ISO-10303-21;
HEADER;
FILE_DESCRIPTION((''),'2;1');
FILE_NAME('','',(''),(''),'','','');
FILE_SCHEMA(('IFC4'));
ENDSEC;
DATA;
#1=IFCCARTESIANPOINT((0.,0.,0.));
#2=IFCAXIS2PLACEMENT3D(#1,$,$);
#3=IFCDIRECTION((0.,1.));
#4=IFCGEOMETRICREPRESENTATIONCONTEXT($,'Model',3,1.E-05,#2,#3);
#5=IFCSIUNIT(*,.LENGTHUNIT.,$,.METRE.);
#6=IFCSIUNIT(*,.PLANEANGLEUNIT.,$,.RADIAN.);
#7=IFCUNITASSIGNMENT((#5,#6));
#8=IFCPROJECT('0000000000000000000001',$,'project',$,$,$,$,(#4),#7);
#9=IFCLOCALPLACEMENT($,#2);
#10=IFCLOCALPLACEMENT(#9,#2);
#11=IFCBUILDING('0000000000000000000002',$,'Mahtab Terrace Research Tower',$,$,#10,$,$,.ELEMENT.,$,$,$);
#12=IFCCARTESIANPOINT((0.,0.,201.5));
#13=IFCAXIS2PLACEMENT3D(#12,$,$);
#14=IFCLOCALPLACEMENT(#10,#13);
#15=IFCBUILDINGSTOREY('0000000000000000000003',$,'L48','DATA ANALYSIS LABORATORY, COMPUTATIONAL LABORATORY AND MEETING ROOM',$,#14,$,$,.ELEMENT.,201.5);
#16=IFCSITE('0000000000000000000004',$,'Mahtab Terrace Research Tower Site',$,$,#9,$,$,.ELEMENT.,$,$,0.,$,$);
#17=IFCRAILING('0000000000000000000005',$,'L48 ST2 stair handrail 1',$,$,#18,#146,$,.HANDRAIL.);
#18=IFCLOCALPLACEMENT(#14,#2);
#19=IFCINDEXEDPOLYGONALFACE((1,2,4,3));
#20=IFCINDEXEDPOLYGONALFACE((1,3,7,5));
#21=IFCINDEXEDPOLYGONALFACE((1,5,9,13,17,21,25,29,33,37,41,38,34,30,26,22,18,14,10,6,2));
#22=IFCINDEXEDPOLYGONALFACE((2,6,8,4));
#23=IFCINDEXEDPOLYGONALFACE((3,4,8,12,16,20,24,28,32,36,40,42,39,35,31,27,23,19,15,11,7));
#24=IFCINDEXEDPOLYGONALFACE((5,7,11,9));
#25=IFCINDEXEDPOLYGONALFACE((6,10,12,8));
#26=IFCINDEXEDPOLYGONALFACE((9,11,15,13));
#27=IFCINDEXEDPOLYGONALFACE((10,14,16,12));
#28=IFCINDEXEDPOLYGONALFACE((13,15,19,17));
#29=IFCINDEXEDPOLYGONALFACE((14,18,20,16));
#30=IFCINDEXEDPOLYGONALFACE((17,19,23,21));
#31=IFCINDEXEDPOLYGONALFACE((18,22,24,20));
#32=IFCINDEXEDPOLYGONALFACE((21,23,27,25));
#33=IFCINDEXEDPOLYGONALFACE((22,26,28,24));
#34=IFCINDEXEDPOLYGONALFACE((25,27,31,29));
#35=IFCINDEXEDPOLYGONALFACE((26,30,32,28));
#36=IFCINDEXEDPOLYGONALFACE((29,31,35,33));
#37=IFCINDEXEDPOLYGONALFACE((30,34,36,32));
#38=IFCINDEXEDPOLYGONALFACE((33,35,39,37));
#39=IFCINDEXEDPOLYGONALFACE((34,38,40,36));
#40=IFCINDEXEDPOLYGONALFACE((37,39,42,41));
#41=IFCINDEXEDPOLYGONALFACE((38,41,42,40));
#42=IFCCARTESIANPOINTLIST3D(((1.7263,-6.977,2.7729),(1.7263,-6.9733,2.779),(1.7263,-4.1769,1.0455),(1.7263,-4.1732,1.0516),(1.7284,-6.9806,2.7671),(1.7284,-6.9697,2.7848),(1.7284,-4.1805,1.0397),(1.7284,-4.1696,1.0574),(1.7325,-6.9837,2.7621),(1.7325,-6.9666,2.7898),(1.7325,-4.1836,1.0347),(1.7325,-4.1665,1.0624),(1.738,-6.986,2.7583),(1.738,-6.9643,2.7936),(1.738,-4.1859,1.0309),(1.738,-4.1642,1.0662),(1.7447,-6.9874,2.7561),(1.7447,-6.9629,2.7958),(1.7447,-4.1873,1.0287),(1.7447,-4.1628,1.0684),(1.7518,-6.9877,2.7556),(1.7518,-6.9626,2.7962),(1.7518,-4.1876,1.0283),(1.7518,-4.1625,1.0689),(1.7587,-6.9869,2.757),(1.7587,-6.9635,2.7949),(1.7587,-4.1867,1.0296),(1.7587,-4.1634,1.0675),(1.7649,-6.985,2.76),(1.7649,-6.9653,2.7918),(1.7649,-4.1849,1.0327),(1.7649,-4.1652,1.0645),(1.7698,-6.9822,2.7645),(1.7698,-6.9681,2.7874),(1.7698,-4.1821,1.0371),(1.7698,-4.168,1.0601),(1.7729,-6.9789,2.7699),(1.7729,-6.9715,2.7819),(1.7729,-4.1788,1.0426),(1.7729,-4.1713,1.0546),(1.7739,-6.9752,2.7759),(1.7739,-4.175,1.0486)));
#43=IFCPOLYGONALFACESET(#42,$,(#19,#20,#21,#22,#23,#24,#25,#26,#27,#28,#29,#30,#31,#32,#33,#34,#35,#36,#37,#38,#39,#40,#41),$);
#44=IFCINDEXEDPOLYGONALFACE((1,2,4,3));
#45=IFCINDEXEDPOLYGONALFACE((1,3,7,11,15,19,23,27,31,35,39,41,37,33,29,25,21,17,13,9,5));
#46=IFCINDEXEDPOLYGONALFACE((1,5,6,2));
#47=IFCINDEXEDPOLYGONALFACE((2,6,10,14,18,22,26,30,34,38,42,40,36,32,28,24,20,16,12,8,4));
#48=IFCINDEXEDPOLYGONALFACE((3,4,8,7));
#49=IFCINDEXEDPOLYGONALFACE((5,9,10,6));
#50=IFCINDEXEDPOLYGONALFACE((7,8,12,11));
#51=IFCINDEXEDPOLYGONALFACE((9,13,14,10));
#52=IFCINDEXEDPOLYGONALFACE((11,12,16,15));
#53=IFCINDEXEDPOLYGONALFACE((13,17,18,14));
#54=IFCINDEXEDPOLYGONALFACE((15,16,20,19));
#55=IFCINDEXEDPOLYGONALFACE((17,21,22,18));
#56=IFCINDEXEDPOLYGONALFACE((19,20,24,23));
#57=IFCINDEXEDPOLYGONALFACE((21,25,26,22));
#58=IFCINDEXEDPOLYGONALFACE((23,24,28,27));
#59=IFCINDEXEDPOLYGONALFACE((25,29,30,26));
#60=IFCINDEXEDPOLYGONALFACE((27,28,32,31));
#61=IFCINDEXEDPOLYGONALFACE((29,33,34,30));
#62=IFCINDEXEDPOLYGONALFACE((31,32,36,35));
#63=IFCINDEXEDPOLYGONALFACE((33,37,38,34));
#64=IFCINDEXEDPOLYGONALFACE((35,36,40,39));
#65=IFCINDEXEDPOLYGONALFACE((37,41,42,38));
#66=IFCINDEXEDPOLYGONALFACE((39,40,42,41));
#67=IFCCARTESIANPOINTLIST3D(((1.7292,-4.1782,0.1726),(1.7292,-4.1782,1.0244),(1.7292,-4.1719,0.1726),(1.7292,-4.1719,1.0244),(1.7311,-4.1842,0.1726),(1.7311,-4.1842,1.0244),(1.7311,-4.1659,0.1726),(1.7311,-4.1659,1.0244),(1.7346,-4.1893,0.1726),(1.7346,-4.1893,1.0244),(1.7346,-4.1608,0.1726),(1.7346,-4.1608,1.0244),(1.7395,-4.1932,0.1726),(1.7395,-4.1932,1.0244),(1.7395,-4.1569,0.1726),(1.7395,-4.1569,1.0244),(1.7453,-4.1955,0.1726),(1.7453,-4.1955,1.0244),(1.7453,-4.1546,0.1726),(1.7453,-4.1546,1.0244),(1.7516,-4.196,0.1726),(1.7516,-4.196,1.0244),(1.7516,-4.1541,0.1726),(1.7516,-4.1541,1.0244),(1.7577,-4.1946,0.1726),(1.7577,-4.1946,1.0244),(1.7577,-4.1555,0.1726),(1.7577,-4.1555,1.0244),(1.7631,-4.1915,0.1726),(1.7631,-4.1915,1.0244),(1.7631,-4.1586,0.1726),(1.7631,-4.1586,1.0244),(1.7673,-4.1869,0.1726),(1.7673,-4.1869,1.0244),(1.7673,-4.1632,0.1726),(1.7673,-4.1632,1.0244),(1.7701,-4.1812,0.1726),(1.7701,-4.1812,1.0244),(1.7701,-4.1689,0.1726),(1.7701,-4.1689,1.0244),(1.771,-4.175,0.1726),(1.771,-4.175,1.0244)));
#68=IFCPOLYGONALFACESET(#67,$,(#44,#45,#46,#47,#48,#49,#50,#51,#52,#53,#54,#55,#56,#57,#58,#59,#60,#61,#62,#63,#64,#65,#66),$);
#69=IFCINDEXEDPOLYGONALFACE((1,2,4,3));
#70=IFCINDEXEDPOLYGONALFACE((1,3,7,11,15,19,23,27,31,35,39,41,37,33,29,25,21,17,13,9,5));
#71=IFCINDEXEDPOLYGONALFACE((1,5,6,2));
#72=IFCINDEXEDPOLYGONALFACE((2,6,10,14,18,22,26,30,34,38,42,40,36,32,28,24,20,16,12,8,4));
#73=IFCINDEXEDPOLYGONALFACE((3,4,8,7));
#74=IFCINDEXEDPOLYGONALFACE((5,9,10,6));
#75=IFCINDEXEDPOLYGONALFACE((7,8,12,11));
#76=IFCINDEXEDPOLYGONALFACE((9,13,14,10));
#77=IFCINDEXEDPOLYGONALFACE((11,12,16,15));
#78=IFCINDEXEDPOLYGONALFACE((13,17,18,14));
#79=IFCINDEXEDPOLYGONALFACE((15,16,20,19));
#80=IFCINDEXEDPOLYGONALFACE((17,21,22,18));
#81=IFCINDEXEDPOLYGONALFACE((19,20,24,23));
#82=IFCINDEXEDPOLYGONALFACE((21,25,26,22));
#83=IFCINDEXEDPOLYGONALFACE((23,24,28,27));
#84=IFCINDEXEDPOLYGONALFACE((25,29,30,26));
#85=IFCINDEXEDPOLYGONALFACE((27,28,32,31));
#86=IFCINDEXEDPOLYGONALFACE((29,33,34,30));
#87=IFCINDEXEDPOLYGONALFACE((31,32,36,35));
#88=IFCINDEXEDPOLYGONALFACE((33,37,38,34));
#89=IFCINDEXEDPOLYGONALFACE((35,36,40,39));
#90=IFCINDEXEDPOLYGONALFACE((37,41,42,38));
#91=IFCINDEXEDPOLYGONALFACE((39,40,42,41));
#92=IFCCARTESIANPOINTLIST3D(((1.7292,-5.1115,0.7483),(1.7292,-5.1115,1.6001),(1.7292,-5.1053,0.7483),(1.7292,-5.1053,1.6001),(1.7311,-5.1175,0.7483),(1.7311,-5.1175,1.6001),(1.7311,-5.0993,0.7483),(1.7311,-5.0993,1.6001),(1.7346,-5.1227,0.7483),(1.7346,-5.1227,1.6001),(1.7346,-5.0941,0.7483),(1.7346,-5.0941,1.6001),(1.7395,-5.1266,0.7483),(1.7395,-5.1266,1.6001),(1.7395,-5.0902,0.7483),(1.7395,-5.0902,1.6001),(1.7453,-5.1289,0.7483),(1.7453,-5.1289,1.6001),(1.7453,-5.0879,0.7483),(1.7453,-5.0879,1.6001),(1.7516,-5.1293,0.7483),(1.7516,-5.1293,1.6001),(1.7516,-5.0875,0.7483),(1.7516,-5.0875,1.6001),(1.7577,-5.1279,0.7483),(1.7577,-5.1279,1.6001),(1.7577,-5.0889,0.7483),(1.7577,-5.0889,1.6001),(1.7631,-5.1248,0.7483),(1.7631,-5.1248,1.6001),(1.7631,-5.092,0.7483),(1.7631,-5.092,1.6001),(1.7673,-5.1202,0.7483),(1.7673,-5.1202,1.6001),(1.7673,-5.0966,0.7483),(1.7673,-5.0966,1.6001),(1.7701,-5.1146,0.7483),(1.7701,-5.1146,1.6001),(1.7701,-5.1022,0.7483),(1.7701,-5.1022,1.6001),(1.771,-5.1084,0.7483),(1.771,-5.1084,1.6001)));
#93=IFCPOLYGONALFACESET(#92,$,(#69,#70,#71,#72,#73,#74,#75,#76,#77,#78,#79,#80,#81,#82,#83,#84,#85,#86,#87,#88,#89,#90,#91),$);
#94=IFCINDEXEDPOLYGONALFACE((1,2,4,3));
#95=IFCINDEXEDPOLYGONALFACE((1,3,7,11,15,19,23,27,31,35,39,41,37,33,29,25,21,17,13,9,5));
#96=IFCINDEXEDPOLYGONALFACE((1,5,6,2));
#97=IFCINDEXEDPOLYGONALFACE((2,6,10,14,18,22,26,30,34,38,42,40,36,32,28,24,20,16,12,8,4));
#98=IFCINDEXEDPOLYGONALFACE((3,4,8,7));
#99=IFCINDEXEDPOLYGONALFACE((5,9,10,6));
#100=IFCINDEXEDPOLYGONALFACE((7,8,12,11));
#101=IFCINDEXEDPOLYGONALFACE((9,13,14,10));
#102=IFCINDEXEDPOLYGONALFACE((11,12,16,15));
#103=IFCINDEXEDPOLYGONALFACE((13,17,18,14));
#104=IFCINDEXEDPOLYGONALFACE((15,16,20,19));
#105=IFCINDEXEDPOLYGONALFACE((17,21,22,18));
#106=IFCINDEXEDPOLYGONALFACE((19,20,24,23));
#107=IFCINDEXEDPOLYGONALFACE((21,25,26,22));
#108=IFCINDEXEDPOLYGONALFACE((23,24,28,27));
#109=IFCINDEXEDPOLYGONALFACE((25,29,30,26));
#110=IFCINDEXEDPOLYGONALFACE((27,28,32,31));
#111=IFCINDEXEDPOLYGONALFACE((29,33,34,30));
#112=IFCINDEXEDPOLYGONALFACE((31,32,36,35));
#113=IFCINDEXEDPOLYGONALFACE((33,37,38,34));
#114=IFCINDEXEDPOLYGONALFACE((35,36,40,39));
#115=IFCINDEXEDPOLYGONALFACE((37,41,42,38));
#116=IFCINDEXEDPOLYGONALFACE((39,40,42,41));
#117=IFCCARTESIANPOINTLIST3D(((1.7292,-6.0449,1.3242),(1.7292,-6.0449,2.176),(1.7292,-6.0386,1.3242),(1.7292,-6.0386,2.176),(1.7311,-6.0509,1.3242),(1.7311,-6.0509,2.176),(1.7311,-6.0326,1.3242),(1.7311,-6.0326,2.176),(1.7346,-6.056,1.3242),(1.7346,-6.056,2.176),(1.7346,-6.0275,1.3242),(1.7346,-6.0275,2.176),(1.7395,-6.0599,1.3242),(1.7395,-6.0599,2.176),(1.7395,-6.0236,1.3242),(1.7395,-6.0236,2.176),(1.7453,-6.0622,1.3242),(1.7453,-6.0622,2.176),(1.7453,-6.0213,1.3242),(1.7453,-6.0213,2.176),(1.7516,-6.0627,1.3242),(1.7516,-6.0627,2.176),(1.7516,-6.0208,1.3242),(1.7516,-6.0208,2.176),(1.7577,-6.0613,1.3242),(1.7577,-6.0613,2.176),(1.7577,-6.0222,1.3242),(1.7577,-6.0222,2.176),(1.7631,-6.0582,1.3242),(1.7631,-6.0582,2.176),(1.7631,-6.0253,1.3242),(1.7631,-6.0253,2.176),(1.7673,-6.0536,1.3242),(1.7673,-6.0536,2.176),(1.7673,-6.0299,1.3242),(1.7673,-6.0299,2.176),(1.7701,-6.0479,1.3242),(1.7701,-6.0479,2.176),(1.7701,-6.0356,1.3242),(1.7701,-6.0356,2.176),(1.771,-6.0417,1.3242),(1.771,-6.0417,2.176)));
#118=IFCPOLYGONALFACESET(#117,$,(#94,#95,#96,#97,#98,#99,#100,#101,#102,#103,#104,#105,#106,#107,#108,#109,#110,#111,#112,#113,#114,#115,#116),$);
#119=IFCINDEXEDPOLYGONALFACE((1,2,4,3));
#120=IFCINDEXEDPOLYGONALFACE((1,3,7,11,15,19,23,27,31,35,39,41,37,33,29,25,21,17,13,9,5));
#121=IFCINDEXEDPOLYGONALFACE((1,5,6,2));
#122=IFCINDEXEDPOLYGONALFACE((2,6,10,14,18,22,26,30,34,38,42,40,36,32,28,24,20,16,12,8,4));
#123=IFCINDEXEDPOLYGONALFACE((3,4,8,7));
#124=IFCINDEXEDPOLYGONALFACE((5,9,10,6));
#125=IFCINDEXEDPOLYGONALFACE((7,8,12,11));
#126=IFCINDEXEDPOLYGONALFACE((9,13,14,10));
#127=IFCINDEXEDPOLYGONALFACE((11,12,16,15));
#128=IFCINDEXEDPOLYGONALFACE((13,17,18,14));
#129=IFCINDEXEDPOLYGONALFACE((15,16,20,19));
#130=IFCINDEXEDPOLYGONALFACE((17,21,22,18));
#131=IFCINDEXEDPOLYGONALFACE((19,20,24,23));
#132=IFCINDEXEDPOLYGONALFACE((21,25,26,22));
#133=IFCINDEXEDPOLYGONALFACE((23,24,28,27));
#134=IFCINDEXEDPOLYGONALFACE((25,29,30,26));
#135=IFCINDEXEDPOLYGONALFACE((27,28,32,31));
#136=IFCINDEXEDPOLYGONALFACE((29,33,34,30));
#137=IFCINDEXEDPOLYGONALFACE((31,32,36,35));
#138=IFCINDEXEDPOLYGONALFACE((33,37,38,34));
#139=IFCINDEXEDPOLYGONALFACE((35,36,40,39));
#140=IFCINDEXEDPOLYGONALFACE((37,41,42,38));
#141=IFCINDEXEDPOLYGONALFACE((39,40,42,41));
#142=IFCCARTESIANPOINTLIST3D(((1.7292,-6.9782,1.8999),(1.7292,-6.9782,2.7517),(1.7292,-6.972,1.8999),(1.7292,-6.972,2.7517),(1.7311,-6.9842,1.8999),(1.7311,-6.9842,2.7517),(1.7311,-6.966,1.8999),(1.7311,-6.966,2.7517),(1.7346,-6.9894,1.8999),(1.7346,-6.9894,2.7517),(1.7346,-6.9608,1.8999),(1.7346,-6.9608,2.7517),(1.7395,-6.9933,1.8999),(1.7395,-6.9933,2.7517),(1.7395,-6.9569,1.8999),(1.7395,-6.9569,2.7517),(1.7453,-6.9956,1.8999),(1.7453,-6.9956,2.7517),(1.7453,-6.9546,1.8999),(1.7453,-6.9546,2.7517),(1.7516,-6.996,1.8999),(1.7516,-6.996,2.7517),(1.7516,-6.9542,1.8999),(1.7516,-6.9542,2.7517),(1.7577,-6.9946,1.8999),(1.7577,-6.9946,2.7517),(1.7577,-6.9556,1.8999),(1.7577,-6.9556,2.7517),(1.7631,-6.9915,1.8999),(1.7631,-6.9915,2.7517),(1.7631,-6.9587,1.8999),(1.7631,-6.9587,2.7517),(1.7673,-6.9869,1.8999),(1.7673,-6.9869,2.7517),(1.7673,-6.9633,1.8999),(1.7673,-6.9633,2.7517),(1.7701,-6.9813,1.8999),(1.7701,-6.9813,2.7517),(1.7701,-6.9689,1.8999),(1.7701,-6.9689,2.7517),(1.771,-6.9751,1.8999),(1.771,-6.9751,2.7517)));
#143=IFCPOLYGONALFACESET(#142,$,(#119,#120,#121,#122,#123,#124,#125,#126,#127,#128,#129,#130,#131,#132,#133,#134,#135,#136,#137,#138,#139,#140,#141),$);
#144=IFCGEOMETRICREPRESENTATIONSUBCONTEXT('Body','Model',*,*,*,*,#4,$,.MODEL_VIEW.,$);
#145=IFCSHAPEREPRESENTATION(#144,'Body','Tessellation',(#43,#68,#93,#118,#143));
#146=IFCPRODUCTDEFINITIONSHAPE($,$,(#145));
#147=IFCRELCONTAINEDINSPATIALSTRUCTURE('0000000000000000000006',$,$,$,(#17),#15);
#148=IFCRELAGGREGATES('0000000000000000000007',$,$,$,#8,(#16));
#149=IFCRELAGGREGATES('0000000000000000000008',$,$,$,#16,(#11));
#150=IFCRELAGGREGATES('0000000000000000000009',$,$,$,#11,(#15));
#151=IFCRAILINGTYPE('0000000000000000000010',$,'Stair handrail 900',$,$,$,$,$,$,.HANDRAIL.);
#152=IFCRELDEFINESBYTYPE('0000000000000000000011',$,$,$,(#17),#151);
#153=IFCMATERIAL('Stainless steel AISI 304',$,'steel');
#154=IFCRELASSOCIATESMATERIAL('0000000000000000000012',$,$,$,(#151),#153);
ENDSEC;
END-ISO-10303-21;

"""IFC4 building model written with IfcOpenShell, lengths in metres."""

from ifc_helpers import new_model, si_unit, direction, frame, origin, origin_2d, place, context, subcontext, project, spatial, circle, extrude, material, type_object, element, save


model = new_model("IFC4")

# Units and contexts
model_context = context("Model", 3, precision=1e-05, world=origin(), true_north=direction((0.0, 1.0)))
body_context = subcontext(model_context, "Body", "Model", "MODEL_VIEW")
ifc_project = project(units=[si_unit("LENGTHUNIT", "METRE"), si_unit("PLANEANGLEUNIT", "RADIAN")], contexts=[model_context])

# Site, building, storey
site_placement = place(None, origin())
site = spatial("IfcSite", under=ifc_project, at=site_placement, Name="Mahtab Terrace Research Tower Site", CompositionType="ELEMENT", RefElevation=0.0)
building_placement = place(site_placement, origin())
building = spatial("IfcBuilding", under=site, at=building_placement, Name="Mahtab Terrace Research Tower", CompositionType="ELEMENT")
storey_placement = place(building_placement, frame((0.0, 0.0, 201.5)))
storey = spatial("IfcBuildingStorey", under=building, at=storey_placement, Name="L48", Description="DATA ANALYSIS LABORATORY, COMPUTATIONAL LABORATORY AND MEETING ROOM", CompositionType="ELEMENT", Elevation=201.5)

# Railing
ifc_material_1 = material(Name="Stainless steel AISI 304", Category="steel")
railing_type_1 = type_object("IfcRailingType", Name="Stair handrail 900", PredefinedType="HANDRAIL", material=ifc_material_1)
railing_1_placement = place(storey_placement, frame((1.75, -4.175, 0.1726)))
element("IfcRailing", 1, at=railing_1_placement, inside=storey, type_object=railing_type_1, Name="L48 ST2 stair handrail 1", PredefinedType="HANDRAIL", context=body_context, shape_type="SweptSolid", body=[
    extrude(circle(Radius=0.0239, at=origin_2d()), frame((0.0, 0.0, 0.876), z_axis=(0.0, -0.85109, 0.52502), x_axis=(1.0, 0.0, 0.0)), (0.0, 0.0, 1.0), 3.29),
    extrude(circle(Radius=0.021, at=origin_2d()), origin(), (0.0, 0.0, 1.0), 0.8518),
    extrude(circle(Radius=0.021, at=origin_2d()), frame((0.0, -0.9333, 0.5757)), (0.0, 0.0, 1.0), 0.8518),
    extrude(circle(Radius=0.021, at=origin_2d()), frame((0.0, -1.8667, 1.1516)), (0.0, 0.0, 1.0), 0.8518),
    extrude(circle(Radius=0.021, at=origin_2d()), frame((0.0, -2.8, 1.7273)), (0.0, 0.0, 1.0), 0.8518),
])

save(model, "model.ifc")
